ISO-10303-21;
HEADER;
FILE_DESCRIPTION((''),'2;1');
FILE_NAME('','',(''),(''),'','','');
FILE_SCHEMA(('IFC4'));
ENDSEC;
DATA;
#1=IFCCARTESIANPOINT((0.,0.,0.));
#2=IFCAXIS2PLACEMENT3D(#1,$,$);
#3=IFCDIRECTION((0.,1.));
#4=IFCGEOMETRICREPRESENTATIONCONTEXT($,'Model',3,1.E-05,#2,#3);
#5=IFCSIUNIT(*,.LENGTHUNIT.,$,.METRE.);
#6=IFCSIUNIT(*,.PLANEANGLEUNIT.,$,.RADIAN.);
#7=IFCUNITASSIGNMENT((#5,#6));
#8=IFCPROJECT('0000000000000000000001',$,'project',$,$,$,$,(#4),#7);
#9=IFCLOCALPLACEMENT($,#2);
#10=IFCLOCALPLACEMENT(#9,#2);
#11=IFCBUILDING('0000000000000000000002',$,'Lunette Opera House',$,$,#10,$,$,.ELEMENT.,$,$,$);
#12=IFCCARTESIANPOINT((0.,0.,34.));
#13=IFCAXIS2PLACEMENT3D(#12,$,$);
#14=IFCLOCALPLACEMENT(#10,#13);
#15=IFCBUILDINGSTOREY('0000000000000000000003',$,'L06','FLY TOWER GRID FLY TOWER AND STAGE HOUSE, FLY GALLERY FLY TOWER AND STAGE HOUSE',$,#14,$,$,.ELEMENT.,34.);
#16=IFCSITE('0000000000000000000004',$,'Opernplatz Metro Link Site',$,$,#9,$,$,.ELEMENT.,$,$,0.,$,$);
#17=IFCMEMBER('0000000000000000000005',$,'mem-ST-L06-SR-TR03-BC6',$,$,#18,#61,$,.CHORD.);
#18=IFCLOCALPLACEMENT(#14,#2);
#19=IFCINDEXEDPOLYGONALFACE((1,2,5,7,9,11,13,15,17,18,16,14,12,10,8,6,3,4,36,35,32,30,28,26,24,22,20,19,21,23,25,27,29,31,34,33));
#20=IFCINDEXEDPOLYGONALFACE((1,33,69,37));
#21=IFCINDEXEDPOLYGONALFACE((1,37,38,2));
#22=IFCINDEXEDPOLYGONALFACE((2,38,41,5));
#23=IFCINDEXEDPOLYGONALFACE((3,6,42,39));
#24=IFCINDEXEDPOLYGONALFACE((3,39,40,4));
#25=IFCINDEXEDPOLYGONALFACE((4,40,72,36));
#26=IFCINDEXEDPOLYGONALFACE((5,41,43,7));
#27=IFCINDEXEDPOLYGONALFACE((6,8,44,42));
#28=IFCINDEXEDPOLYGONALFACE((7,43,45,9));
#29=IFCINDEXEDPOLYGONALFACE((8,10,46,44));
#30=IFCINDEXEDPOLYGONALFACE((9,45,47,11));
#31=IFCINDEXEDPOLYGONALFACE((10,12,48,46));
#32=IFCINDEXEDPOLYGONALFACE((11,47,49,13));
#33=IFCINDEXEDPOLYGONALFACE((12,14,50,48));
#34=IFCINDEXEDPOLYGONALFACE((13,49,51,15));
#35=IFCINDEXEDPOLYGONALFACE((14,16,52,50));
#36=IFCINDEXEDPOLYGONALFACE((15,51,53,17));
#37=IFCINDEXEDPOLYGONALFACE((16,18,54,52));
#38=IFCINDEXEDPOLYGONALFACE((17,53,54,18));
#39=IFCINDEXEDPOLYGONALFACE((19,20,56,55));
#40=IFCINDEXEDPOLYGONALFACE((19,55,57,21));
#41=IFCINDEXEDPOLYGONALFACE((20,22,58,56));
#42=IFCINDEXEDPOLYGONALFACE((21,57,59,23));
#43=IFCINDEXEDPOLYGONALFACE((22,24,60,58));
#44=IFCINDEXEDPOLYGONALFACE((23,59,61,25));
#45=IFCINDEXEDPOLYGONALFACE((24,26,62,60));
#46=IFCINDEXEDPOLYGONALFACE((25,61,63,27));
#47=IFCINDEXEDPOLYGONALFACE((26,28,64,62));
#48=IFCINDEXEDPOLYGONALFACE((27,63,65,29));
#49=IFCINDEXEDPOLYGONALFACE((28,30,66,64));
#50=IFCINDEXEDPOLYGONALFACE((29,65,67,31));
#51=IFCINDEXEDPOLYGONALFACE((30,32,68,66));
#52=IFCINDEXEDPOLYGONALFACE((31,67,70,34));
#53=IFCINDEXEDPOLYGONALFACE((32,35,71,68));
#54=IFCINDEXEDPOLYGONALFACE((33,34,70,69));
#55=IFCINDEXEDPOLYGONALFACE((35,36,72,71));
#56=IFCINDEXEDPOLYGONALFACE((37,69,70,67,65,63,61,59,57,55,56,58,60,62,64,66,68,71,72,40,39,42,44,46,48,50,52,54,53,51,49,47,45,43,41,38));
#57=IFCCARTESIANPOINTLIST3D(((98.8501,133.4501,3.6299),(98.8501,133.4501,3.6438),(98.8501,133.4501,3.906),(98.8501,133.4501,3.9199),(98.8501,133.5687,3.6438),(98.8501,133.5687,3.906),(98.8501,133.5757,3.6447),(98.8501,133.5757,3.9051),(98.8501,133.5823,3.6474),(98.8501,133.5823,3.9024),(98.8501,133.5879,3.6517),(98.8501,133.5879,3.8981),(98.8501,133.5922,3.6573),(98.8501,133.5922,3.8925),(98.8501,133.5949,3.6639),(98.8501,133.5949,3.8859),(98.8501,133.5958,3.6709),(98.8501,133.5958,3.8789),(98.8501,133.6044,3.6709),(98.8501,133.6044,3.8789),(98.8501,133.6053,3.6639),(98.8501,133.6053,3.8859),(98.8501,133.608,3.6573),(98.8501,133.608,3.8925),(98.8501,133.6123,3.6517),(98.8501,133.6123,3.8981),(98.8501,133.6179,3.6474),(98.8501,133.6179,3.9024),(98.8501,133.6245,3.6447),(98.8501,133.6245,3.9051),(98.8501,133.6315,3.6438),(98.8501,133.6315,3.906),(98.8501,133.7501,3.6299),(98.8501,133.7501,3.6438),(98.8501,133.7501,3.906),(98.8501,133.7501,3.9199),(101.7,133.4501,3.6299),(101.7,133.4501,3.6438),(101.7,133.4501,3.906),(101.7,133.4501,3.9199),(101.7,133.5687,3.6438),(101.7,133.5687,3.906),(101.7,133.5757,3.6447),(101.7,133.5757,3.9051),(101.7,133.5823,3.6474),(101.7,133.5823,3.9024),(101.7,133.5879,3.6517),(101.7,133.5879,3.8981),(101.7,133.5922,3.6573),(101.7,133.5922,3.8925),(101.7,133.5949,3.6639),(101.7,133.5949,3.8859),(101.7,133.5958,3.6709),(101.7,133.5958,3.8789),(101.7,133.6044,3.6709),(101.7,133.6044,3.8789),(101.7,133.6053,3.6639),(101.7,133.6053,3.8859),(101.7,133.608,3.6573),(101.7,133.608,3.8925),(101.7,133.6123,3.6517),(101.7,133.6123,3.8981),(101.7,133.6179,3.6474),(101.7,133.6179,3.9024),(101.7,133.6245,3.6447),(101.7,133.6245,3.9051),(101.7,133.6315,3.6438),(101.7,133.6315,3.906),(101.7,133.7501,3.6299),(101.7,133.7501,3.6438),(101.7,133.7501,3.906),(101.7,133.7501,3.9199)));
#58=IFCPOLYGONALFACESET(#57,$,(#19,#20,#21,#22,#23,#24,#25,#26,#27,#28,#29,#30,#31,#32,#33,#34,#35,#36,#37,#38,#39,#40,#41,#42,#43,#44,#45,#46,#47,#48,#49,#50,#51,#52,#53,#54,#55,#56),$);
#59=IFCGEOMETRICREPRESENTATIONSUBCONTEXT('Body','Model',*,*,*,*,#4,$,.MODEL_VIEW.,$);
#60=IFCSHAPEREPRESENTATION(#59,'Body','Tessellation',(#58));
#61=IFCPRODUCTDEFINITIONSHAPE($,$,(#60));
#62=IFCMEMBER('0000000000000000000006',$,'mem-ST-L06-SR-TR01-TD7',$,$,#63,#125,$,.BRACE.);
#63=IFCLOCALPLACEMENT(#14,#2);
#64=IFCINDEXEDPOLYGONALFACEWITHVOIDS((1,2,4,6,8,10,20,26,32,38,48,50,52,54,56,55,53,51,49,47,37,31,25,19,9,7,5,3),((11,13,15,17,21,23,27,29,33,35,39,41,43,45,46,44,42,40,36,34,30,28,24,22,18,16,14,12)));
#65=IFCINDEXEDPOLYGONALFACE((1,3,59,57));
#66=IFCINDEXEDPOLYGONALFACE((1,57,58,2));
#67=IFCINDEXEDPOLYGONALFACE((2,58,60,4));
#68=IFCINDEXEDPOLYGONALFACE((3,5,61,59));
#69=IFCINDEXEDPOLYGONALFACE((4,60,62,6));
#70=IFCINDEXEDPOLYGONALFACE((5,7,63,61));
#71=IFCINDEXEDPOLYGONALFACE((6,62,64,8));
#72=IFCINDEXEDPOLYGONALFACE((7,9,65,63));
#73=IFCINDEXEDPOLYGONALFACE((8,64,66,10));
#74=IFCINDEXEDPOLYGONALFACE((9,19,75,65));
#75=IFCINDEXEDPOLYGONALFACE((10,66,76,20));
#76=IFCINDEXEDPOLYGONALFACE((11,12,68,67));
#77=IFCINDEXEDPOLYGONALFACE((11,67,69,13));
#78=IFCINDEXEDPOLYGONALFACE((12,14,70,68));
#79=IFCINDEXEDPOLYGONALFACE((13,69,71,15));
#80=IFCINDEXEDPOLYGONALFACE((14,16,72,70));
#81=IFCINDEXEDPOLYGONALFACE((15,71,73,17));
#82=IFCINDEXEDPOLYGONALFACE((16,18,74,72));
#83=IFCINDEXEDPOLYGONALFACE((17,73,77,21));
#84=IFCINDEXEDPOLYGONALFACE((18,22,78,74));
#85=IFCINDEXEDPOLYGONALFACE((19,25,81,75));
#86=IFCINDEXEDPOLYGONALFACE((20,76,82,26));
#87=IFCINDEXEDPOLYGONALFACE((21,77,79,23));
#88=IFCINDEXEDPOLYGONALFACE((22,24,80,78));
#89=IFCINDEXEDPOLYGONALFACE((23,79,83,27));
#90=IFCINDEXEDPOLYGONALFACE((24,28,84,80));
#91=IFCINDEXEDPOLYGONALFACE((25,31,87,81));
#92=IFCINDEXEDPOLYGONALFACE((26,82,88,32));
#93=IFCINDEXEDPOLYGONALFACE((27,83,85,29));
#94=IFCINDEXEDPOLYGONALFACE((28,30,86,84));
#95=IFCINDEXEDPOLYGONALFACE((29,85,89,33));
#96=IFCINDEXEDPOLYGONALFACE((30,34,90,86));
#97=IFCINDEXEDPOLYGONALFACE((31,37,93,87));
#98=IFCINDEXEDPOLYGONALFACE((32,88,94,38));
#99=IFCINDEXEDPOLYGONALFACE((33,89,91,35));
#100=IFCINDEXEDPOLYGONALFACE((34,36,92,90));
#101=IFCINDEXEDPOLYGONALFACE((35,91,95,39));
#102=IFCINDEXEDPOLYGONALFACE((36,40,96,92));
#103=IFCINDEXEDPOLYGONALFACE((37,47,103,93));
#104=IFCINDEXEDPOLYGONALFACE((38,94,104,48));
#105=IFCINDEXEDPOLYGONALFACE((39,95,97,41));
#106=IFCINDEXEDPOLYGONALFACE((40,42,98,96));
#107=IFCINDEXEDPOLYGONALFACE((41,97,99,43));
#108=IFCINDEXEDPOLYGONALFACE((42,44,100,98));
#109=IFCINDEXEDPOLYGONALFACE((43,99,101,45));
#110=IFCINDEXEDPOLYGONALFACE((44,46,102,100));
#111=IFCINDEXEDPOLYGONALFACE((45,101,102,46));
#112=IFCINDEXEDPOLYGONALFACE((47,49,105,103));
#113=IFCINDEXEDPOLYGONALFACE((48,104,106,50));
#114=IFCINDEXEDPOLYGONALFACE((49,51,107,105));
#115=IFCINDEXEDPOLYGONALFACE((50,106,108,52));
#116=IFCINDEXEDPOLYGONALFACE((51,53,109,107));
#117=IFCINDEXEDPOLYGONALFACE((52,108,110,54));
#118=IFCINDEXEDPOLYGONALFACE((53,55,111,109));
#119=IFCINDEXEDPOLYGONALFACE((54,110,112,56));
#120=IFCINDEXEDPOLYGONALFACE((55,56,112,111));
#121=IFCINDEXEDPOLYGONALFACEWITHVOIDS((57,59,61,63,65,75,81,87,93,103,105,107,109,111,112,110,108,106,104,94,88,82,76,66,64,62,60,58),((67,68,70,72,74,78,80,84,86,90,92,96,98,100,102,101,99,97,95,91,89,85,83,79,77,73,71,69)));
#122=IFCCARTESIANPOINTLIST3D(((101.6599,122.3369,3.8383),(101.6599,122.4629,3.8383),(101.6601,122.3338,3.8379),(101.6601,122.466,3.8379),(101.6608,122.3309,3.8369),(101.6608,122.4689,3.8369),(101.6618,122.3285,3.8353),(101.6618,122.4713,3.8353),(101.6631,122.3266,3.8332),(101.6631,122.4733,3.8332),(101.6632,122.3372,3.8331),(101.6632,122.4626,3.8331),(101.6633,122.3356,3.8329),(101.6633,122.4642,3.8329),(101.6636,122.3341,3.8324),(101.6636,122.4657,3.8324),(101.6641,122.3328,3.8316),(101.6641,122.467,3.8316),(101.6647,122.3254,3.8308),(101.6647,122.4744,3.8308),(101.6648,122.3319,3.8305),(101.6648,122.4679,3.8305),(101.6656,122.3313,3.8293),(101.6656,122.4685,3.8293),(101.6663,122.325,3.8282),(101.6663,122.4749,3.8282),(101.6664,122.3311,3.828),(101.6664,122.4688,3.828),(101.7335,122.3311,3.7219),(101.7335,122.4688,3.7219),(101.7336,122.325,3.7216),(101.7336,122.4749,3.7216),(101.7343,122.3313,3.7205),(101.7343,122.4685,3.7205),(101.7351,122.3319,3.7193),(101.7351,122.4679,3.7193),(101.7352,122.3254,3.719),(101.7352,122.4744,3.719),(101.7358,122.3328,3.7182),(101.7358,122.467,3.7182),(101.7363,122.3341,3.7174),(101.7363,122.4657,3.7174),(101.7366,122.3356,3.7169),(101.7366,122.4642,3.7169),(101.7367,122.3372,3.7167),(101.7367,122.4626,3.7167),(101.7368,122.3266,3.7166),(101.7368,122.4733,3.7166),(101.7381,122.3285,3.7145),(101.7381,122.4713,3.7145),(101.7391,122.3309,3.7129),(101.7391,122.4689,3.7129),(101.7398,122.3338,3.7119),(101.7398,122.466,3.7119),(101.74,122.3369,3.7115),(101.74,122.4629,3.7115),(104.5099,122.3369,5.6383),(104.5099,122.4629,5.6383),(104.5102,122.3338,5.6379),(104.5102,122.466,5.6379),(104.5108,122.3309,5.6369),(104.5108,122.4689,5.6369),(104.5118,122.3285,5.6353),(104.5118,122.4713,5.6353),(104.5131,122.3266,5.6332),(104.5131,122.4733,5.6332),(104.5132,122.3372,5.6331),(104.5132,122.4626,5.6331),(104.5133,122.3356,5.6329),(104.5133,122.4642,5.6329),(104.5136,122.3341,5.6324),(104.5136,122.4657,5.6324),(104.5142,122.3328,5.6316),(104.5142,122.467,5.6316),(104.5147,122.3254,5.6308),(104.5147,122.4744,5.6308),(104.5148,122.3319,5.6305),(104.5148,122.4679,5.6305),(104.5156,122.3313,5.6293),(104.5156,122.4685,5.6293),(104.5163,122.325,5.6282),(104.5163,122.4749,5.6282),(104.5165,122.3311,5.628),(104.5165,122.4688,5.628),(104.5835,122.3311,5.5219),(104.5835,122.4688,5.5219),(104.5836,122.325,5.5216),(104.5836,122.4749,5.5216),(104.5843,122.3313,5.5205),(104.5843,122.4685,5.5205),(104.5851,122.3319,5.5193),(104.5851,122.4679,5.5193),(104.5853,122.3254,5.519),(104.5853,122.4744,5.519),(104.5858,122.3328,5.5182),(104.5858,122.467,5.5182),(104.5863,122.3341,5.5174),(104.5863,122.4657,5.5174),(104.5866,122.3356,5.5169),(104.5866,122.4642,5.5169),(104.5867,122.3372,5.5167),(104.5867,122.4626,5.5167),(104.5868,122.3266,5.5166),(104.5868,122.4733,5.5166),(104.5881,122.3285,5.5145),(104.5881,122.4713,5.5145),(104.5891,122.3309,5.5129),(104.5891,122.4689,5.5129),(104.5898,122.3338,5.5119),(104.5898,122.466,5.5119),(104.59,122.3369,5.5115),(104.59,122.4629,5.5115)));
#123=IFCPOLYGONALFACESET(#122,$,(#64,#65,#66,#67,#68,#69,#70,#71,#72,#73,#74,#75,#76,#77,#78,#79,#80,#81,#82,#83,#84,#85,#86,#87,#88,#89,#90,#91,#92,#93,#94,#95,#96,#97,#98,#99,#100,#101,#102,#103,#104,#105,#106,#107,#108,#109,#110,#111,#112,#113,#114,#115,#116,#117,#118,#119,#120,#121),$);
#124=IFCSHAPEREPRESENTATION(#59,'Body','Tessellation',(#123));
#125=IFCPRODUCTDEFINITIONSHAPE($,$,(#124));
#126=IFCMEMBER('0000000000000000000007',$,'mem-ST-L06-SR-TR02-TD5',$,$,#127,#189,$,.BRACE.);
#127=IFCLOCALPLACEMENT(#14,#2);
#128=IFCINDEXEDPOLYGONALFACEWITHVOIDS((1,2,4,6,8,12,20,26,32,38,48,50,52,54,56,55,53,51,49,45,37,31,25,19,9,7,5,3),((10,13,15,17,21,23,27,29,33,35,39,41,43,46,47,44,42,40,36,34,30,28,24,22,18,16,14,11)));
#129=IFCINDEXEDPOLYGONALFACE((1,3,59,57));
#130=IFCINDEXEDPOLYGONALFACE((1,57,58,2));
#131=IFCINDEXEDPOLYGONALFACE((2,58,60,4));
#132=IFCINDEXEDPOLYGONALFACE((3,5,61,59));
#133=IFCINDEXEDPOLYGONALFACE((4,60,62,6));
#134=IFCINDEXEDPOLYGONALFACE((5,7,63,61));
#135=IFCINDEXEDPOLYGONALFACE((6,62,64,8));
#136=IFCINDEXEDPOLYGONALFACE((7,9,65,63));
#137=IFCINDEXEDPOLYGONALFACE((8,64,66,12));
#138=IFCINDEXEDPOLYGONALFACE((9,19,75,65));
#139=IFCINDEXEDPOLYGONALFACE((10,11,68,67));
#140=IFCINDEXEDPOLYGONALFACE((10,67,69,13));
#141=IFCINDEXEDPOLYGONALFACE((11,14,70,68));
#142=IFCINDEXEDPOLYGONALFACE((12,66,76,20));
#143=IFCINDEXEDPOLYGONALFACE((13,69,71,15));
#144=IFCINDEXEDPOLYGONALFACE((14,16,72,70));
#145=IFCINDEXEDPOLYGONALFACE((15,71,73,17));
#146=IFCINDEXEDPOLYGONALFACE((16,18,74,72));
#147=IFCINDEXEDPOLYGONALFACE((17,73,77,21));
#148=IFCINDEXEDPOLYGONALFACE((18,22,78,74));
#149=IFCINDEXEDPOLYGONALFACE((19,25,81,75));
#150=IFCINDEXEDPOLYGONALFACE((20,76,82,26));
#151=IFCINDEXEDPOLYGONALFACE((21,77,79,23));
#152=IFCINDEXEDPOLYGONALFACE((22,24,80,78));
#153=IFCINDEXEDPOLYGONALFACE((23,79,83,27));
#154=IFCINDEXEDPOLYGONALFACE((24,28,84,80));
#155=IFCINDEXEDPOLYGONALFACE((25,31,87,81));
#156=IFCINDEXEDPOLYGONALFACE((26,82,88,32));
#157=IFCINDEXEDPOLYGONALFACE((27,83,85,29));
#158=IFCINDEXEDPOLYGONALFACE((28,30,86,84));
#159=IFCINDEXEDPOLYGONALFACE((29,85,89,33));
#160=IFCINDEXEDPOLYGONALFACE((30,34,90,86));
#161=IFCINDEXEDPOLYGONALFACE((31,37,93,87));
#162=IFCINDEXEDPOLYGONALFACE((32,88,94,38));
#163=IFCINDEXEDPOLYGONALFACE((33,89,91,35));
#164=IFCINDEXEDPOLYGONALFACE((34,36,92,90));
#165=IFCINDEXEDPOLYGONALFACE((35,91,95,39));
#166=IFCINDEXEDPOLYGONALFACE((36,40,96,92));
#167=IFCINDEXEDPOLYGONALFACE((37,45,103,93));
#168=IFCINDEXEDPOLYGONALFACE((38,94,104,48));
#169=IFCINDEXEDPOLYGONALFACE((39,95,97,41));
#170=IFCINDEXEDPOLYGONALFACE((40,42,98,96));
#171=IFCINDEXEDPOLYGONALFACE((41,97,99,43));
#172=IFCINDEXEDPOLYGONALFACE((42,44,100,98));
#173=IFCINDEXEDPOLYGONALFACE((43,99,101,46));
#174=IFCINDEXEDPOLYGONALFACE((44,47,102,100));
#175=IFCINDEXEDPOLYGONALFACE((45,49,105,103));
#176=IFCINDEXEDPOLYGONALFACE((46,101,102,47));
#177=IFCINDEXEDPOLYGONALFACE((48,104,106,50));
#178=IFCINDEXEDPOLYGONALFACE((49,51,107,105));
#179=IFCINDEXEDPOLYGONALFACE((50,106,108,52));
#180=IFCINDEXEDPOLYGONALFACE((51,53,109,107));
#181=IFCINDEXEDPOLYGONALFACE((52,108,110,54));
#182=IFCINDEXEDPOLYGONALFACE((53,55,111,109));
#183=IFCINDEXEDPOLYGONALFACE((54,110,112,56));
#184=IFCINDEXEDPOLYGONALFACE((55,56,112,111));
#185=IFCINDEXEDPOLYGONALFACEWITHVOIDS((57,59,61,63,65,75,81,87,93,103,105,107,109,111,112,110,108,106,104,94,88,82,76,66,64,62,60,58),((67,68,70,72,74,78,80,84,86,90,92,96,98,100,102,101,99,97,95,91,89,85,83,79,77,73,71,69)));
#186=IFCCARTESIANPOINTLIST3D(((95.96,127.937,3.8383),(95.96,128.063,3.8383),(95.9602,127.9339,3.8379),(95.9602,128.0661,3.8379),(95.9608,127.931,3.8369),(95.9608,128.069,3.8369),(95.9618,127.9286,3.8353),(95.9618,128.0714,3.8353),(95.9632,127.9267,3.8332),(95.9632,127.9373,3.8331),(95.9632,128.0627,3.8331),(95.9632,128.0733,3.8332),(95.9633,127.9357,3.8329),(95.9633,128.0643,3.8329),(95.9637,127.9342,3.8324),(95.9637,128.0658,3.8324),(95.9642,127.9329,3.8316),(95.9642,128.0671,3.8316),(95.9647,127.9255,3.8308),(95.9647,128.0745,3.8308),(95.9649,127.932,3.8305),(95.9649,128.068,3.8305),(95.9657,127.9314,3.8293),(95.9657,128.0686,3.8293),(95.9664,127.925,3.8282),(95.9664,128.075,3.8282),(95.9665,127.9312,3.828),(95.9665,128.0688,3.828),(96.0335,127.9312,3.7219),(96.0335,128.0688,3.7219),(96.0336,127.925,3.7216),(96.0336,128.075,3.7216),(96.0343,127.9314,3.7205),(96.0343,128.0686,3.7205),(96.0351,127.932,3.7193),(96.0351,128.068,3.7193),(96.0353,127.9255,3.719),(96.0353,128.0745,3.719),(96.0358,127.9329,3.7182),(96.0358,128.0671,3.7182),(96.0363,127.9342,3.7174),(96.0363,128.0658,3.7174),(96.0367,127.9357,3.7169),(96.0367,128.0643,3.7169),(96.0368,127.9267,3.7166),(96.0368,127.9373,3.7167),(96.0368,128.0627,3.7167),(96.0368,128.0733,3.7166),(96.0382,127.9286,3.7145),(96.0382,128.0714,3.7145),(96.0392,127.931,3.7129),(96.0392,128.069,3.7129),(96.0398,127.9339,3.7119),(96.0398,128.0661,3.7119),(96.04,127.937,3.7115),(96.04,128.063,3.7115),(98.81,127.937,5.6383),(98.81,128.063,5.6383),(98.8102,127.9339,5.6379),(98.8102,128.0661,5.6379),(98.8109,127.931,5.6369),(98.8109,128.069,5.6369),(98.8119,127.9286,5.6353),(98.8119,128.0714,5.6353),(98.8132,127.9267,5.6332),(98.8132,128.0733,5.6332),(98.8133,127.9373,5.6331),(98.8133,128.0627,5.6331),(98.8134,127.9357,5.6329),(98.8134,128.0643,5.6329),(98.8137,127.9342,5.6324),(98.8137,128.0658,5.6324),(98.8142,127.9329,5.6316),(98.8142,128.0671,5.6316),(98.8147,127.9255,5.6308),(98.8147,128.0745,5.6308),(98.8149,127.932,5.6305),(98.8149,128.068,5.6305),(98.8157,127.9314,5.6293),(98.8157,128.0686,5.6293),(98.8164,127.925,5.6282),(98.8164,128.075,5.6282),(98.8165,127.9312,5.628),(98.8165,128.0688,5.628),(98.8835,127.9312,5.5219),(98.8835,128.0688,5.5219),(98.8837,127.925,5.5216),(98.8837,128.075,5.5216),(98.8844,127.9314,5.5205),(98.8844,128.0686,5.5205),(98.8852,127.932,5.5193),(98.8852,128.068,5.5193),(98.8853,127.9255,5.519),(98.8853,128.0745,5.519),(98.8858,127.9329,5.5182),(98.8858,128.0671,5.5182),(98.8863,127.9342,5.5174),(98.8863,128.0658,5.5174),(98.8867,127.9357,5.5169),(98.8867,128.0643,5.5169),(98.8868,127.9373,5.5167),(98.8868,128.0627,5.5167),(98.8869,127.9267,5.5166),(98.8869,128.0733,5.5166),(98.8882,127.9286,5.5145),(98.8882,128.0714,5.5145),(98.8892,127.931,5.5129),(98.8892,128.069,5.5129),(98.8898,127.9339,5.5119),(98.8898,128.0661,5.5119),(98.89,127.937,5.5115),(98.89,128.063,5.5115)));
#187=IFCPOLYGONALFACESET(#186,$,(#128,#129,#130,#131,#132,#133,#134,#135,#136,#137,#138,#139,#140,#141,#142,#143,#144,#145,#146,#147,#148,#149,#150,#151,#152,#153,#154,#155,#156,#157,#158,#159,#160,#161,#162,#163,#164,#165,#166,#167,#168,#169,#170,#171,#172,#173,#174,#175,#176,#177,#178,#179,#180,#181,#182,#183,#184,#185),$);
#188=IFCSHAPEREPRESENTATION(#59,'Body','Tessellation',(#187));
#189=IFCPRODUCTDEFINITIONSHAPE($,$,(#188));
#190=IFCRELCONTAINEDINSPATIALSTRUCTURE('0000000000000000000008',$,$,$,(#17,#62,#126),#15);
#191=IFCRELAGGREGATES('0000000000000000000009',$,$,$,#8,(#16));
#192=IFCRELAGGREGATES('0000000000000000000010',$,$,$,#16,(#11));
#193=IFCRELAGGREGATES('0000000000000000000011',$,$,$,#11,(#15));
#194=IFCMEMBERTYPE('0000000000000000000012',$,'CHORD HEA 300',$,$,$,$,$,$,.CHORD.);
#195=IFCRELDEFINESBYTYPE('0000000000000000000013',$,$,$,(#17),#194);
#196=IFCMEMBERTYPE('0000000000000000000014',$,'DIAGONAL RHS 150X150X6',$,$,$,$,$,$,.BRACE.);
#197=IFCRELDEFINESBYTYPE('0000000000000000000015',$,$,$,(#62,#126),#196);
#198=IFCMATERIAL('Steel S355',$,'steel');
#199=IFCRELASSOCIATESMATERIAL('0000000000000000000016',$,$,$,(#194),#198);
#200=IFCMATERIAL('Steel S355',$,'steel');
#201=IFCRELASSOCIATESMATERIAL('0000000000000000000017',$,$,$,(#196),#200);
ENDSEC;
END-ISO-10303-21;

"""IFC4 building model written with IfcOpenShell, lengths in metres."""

from ifc_helpers import new_model, si_unit, direction, frame, origin, origin_2d, place, context, subcontext, project, spatial, hollow_rectangle, i_section, extrude, material, material_profile, profile_set, type_object, element, save


model = new_model("IFC4")

# Units and contexts
model_context = context("Model", 3, precision=1e-05, world=origin(), true_north=direction((0.0, 1.0)))
body_context = subcontext(model_context, "Body", "Model", "MODEL_VIEW")
ifc_project = project(units=[si_unit("LENGTHUNIT", "METRE"), si_unit("PLANEANGLEUNIT", "RADIAN")], contexts=[model_context])

# Site, building, storey
site_placement = place(None, origin())
site = spatial("IfcSite", under=ifc_project, at=site_placement, Name="Opernplatz Metro Link Site", CompositionType="ELEMENT", RefElevation=0.0)
building_placement = place(site_placement, origin())
building = spatial("IfcBuilding", under=site, at=building_placement, Name="Lunette Opera House", CompositionType="ELEMENT")
storey_placement = place(building_placement, frame((0.0, 0.0, 34.0)))
storey = spatial("IfcBuildingStorey", under=building, at=storey_placement, Name="L06", Description="FLY TOWER GRID FLY TOWER AND STAGE HOUSE, FLY GALLERY FLY TOWER AND STAGE HOUSE", CompositionType="ELEMENT", Elevation=34.0)

# Members
ifc_material_1 = material(Name="Steel S355", Category="steel")
ifc_material_profile_1 = material_profile(ifc_material_1, i_section(OverallWidth=0.3, OverallDepth=0.29, WebThickness=0.0085, FlangeThickness=0.0139, FilletRadius=0.0271, at=origin_2d()), Name="HEA 300")
ifc_profile_set_1 = profile_set([ifc_material_profile_1], Name="Steel S355")
member_type_1 = type_object("IfcMemberType", Name="CHORD HEA 300", PredefinedType="CHORD", material=ifc_profile_set_1)
member_1_placement = place(storey_placement, frame((98.8501, 133.6001, 3.7749), z_axis=(1.0, 0.0, 0.0), x_axis=(0.0, 1.0, 0.0)))
element("IfcMember", 1, at=member_1_placement, inside=storey, type_object=member_type_1, Name="mem-ST-L06-SR-TR03-BC6", PredefinedType="CHORD", context=body_context, shape_type="SweptSolid", body=[
    extrude(i_section(OverallWidth=0.3, OverallDepth=0.29, WebThickness=0.0085, FlangeThickness=0.0139, FilletRadius=0.0271, at=origin_2d()), origin(), (0.0, 0.0, 1.0), 2.8499),
])
ifc_material_2 = material(Name="Steel S355", Category="steel")
ifc_material_profile_2 = material_profile(ifc_material_2, hollow_rectangle(XDim=0.1499, YDim=0.1499, WallThickness=0.0061, InnerFilletRadius=0.0061, OuterFilletRadius=0.012, at=origin_2d()), Name="RHS 150X150X6")
ifc_profile_set_2 = profile_set([ifc_material_profile_2], Name="Steel S355")
member_type_2 = type_object("IfcMemberType", Name="DIAGONAL RHS 150X150X6", PredefinedType="BRACE", material=ifc_profile_set_2)
for number, where, z_axis, x_axis, name in (
    (2, (101.7, 122.3999, 3.7749), (0.845491, 0.0, 0.53399), (0.0, 1.0, 0.0), "mem-ST-L06-SR-TR01-TD7"),
    (3, (96.0, 128.0, 3.7749), (0.845491, 0.0, 0.53399), (0.0, 1.0, 0.0), "mem-ST-L06-SR-TR02-TD5"),
):
    element("IfcMember", number, at=place(storey_placement, frame(where, z_axis=z_axis, x_axis=x_axis)), inside=storey, type_object=member_type_2, Name=name, PredefinedType="BRACE", context=body_context, shape_type="SweptSolid", body=[
        extrude(hollow_rectangle(XDim=0.1499, YDim=0.1499, WallThickness=0.0061, InnerFilletRadius=0.0061, OuterFilletRadius=0.012, at=origin_2d()), origin(), (0.0, 0.0, 1.0), 3.3708),
    ])

save(model, "model.ifc")
